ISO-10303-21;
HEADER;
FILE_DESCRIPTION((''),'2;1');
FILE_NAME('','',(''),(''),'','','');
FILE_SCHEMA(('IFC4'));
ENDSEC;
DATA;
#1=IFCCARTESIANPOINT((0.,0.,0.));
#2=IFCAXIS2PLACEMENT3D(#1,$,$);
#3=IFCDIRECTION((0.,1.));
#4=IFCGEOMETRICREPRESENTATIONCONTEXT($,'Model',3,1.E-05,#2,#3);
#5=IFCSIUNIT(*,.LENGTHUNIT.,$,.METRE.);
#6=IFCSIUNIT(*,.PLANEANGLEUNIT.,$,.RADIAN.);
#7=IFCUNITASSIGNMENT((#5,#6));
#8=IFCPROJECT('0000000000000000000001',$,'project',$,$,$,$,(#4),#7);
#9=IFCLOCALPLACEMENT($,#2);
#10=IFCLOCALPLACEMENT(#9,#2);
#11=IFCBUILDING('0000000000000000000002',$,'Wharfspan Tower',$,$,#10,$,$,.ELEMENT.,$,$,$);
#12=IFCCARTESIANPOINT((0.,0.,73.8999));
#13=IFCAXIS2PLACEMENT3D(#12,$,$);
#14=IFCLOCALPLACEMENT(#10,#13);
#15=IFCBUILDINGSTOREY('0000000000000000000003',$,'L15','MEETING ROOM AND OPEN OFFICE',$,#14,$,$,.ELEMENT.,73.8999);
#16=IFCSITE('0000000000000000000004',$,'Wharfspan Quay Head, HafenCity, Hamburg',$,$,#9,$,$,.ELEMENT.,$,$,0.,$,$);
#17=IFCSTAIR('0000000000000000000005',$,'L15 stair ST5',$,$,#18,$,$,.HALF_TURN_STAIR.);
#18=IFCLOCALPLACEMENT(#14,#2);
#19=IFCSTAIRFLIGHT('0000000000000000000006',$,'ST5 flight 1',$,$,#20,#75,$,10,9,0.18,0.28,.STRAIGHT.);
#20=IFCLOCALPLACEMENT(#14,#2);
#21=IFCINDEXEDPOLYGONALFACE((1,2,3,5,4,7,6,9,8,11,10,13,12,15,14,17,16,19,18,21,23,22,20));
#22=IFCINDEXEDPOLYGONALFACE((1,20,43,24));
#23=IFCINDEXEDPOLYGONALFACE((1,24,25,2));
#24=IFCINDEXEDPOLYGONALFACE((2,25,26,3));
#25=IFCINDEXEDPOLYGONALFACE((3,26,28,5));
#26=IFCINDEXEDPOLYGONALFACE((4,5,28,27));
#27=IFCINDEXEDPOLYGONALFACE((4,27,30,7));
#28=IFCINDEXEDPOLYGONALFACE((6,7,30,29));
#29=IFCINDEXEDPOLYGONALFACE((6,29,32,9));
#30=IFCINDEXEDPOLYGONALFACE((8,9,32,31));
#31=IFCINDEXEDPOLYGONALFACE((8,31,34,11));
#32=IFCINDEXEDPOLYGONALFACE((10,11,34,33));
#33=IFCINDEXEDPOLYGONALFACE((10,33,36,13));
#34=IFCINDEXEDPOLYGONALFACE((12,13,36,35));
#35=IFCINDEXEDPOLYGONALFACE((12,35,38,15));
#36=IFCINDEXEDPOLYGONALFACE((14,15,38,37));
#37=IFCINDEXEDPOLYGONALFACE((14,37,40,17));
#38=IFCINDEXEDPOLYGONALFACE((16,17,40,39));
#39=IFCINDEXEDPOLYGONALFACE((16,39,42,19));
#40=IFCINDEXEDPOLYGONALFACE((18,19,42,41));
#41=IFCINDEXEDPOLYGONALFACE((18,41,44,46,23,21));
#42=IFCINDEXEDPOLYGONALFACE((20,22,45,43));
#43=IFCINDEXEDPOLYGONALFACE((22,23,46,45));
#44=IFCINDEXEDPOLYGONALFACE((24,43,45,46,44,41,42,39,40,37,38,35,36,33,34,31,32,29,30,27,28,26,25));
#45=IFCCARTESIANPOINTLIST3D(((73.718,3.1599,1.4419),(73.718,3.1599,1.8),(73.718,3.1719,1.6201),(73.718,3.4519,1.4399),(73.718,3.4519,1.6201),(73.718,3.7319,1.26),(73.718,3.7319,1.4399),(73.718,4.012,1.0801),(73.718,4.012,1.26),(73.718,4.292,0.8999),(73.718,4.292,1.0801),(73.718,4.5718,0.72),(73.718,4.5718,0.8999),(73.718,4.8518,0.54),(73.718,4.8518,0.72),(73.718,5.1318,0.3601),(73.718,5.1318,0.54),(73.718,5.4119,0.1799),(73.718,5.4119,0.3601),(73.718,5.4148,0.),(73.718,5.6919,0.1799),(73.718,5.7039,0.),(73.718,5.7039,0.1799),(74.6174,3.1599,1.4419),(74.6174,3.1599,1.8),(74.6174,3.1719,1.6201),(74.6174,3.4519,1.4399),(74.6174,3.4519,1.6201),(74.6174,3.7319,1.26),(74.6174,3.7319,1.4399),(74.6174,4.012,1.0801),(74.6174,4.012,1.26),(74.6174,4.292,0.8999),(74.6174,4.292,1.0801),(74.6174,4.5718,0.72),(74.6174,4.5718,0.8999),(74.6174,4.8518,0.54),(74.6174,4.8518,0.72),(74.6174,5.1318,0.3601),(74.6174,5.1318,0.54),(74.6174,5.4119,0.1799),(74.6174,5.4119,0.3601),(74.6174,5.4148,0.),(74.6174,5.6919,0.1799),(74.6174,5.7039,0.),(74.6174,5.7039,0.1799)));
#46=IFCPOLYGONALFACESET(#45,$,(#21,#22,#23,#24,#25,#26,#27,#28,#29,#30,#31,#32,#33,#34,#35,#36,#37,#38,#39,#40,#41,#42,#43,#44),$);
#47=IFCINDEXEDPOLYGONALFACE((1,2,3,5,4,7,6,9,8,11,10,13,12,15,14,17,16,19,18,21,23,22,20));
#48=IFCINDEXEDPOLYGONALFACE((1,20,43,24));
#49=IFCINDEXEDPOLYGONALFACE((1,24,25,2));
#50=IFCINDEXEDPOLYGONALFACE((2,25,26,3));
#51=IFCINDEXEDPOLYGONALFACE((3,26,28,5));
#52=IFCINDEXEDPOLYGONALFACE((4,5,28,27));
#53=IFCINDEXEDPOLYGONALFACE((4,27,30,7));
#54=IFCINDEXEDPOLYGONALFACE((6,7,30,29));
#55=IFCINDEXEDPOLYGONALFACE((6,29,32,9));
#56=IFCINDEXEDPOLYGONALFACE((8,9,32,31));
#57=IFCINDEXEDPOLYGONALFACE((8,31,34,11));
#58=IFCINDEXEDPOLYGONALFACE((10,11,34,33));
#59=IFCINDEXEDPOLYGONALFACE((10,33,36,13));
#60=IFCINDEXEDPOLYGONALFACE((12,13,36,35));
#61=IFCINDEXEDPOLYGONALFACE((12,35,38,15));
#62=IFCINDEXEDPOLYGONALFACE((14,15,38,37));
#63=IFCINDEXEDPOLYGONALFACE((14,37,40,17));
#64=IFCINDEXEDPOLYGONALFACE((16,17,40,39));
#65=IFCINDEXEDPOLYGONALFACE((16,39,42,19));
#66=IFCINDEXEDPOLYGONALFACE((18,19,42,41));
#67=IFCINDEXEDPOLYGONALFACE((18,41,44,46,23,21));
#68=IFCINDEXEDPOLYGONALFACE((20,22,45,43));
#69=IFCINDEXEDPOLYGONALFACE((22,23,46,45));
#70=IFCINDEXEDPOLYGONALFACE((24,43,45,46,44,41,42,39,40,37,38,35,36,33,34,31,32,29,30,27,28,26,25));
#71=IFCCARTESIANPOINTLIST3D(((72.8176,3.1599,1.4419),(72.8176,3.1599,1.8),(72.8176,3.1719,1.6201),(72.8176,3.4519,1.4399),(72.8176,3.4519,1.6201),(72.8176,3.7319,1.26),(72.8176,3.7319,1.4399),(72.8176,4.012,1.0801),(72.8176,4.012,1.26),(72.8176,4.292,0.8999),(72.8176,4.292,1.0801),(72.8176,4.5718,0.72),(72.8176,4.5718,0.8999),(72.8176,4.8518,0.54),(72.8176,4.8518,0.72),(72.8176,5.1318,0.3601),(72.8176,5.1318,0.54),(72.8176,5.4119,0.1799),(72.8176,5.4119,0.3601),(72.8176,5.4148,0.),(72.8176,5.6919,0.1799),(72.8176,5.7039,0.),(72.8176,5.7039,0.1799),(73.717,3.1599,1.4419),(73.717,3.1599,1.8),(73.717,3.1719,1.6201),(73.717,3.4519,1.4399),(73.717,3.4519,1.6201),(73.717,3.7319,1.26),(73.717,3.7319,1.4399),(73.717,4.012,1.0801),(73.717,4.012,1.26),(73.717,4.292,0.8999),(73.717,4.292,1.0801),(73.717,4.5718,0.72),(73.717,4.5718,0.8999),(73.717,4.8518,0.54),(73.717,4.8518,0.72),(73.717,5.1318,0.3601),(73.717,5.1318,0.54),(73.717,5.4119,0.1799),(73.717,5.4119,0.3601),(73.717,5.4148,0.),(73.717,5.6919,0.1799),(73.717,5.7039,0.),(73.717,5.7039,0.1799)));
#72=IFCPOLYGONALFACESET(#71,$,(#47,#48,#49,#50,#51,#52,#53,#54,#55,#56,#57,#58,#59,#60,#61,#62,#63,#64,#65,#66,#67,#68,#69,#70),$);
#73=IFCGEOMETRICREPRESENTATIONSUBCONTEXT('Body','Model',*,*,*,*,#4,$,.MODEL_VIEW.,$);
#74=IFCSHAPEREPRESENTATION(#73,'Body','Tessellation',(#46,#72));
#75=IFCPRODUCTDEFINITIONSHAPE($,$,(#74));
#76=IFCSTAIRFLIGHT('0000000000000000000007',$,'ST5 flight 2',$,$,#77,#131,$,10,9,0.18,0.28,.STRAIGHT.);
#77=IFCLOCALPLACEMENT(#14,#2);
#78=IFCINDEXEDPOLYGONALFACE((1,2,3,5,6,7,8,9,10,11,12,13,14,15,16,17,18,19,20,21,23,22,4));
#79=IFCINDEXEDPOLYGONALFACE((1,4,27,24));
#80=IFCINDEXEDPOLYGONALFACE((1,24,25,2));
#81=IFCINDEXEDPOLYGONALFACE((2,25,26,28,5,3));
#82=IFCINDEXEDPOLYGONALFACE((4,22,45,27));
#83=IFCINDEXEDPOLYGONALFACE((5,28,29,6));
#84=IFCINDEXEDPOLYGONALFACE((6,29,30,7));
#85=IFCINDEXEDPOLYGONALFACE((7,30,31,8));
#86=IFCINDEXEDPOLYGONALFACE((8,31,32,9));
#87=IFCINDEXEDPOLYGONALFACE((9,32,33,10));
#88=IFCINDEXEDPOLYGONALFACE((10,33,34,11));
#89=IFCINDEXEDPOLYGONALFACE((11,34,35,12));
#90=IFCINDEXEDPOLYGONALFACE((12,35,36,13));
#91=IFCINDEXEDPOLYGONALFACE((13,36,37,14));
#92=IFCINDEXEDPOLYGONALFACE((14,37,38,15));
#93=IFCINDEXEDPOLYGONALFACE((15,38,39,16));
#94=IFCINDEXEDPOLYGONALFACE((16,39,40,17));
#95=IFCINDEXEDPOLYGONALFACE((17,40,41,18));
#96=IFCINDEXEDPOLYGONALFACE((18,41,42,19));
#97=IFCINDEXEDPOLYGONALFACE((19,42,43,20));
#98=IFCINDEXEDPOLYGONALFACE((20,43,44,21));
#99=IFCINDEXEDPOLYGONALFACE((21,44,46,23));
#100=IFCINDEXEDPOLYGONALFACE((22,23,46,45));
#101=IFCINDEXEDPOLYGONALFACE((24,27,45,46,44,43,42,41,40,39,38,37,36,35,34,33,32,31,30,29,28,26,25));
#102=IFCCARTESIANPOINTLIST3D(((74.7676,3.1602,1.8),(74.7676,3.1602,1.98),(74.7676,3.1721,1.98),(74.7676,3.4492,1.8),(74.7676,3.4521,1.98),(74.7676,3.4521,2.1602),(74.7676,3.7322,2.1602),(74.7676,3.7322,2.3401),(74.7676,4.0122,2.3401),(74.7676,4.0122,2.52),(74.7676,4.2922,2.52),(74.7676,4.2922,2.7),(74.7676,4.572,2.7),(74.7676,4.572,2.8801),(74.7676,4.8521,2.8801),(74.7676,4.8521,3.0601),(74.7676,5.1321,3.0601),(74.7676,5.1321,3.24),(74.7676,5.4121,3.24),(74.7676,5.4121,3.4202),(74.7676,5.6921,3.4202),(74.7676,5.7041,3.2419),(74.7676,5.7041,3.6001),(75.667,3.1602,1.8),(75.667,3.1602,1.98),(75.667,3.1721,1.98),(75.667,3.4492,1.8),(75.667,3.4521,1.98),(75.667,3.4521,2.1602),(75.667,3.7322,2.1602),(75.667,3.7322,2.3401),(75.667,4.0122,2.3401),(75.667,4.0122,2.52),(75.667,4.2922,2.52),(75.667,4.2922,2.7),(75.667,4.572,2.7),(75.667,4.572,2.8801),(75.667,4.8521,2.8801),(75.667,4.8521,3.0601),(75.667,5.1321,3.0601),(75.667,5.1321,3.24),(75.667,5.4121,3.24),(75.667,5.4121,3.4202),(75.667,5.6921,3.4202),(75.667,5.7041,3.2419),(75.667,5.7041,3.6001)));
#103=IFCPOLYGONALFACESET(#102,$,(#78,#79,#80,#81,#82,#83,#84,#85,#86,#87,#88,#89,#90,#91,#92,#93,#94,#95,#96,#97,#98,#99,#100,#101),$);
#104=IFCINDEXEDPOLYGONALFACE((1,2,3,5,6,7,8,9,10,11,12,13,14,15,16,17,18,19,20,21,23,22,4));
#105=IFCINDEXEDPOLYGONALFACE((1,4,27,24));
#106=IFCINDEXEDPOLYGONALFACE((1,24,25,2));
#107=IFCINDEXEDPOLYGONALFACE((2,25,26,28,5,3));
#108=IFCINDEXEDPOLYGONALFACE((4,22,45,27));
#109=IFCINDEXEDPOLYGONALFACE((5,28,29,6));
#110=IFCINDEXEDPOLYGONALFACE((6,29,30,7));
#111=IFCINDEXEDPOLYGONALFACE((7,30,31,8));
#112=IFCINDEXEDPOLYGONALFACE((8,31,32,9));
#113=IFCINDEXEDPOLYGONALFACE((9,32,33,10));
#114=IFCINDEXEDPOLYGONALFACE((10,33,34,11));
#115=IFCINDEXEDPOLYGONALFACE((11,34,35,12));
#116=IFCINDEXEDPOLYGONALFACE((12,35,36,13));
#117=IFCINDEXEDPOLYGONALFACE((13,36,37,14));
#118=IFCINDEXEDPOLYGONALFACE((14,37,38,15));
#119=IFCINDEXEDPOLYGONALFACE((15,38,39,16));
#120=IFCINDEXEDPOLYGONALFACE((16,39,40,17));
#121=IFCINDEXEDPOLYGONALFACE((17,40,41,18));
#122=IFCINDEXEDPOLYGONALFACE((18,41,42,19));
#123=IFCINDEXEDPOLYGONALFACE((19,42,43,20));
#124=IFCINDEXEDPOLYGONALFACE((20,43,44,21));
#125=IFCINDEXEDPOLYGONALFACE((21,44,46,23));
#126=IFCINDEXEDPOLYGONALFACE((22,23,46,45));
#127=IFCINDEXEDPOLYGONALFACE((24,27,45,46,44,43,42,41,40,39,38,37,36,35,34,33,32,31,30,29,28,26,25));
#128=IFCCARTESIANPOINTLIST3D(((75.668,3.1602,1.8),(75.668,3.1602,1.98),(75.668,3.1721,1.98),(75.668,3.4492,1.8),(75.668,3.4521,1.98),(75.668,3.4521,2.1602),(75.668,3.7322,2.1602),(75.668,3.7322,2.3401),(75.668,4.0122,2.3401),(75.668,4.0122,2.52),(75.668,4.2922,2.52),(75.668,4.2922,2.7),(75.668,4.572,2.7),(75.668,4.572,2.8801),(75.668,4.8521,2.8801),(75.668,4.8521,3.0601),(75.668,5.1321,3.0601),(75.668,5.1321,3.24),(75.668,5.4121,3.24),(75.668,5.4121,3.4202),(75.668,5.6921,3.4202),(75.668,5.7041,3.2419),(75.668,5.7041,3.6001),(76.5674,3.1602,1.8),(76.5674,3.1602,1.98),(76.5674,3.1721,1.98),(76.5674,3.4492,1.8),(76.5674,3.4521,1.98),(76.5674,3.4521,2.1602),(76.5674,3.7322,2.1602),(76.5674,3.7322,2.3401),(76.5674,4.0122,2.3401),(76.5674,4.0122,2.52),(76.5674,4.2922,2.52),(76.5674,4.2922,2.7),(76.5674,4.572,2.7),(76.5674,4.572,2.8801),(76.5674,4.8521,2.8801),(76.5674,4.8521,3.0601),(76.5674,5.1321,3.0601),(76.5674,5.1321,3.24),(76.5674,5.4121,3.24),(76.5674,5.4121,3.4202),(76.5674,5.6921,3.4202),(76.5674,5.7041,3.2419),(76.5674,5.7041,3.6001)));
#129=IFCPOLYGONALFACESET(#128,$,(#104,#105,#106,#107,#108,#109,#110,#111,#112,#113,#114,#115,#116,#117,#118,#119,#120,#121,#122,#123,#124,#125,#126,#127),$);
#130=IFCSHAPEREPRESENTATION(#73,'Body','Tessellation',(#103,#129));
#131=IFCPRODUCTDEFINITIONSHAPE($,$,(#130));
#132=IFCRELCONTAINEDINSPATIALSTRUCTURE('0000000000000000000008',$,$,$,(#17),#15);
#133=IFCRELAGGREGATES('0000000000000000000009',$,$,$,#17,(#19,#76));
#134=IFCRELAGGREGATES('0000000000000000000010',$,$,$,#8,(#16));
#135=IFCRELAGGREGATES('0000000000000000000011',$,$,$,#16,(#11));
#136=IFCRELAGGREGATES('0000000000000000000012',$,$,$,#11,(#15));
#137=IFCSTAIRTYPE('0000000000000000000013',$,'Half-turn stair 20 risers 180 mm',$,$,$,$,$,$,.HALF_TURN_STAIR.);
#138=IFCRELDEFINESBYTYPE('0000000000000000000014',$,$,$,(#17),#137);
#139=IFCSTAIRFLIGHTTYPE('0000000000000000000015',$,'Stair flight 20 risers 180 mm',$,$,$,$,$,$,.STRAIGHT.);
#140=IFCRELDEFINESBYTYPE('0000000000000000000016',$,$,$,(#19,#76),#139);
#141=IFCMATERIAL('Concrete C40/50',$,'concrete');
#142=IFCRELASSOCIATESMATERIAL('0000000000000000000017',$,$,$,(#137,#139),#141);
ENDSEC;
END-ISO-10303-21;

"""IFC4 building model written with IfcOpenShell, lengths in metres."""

from ifc_helpers import new_model, si_unit, direction, frame, origin, place, context, subcontext, project, spatial, polyline, outline, extrude, material, type_object, element, aggregate, save


model = new_model("IFC4")

# Units and contexts
model_context = context("Model", 3, precision=1e-05, world=origin(), true_north=direction((0.0, 1.0)))
body_context = subcontext(model_context, "Body", "Model", "MODEL_VIEW")
ifc_project = project(units=[si_unit("LENGTHUNIT", "METRE"), si_unit("PLANEANGLEUNIT", "RADIAN")], contexts=[model_context])

# Site, building, storey
site_placement = place(None, origin())
site = spatial("IfcSite", under=ifc_project, at=site_placement, Name="Wharfspan Quay Head, HafenCity, Hamburg", CompositionType="ELEMENT", RefElevation=0.0)
building_placement = place(site_placement, origin())
building = spatial("IfcBuilding", under=site, at=building_placement, Name="Wharfspan Tower", CompositionType="ELEMENT")
storey_placement = place(building_placement, frame((0.0, 0.0, 73.8999)))
storey = spatial("IfcBuildingStorey", under=building, at=storey_placement, Name="L15", Description="MEETING ROOM AND OPEN OFFICE", CompositionType="ELEMENT", Elevation=73.8999)

# Shared definitions
ifc_material_1 = material(Name="Concrete C40/50", Category="concrete")

# Stair, stair flights
stair_type = type_object("IfcStairType", Name="Half-turn stair 20 risers 180 mm", PredefinedType="HALF_TURN_STAIR", material=ifc_material_1)
stair_placement = place(storey_placement, origin())
stair = element("IfcStair", 1, at=stair_placement, inside=storey, type_object=stair_type, Name="L15 stair ST5", PredefinedType="HALF_TURN_STAIR")
stair_flight_type = type_object("IfcStairFlightType", Name="Stair flight 20 risers 180 mm", PredefinedType="STRAIGHT", material=ifc_material_1)
stair_flight_1_placement = place(storey_placement, frame((73.7175, 5.6919, 0.0), z_axis=(0.0, 0.0, 1.0), x_axis=(0.0, -1.0, 0.0)))
stair_flight_1 = element("IfcStairFlight", 2, at=stair_flight_1_placement, type_object=stair_flight_type, Name="ST5 flight 1", NumberOfRisers=10, NumberOfTreads=9, PredefinedType="STRAIGHT", RiserHeight=0.18, TreadLength=0.28, context=body_context, shape_type="SweptSolid", body=[
    extrude(outline(polyline([(-0.012, 0.0), (-0.012, 0.1799), (0.0, 0.1799), (0.28, 0.1799), (0.28, 0.3601), (0.5601, 0.3601), (0.5601, 0.54), (0.8401, 0.54), (0.8401, 0.72), (1.1201, 0.72), (1.1201, 0.8999), (1.3999, 0.8999), (1.3999, 1.0801), (1.6799, 1.0801), (1.6799, 1.26), (1.96, 1.26), (1.96, 1.4399), (2.24, 1.4399), (2.24, 1.6201), (2.52, 1.6201), (2.532, 1.8), (2.532, 1.4419), (0.2771, 0.0), (-0.012, 0.0)])), frame((0.0, 0.8999, 0.0), z_axis=(0.0, -1.0, 0.0), x_axis=(1.0, 0.0, 0.0)), (0.0, 0.0, 1.0), 0.8994),
    extrude(outline(polyline([(-0.012, 0.0), (-0.012, 0.1799), (0.0, 0.1799), (0.28, 0.1799), (0.28, 0.3601), (0.5601, 0.3601), (0.5601, 0.54), (0.8401, 0.54), (0.8401, 0.72), (1.1201, 0.72), (1.1201, 0.8999), (1.3999, 0.8999), (1.3999, 1.0801), (1.6799, 1.0801), (1.6799, 1.26), (1.96, 1.26), (1.96, 1.4399), (2.24, 1.4399), (2.24, 1.6201), (2.52, 1.6201), (2.532, 1.8), (2.532, 1.4419), (0.2771, 0.0), (-0.012, 0.0)])), frame((0.0, -0.0005, 0.0), z_axis=(0.0, -1.0, 0.0), x_axis=(1.0, 0.0, 0.0)), (0.0, 0.0, 1.0), 0.8994),
])
stair_flight_2_placement = place(storey_placement, frame((75.6675, 3.1721, 1.8), z_axis=(0.0, 0.0, 1.0), x_axis=(0.0, 1.0, 0.0)))
stair_flight_2 = element("IfcStairFlight", 3, at=stair_flight_2_placement, type_object=stair_flight_type, Name="ST5 flight 2", NumberOfRisers=10, NumberOfTreads=9, PredefinedType="STRAIGHT", RiserHeight=0.18, TreadLength=0.28, context=body_context, shape_type="SweptSolid", body=[
    extrude(outline(polyline([(-0.012, 0.0), (-0.012, 0.1799), (0.0, 0.1799), (0.28, 0.1799), (0.28, 0.3601), (0.5601, 0.3601), (0.5601, 0.54), (0.8401, 0.54), (0.8401, 0.72), (1.1201, 0.72), (1.1201, 0.8999), (1.3999, 0.8999), (1.3999, 1.0801), (1.6799, 1.0801), (1.6799, 1.26), (1.96, 1.26), (1.96, 1.4399), (2.24, 1.4399), (2.24, 1.6201), (2.52, 1.6201), (2.532, 1.8), (2.532, 1.4419), (0.2771, 0.0), (-0.012, 0.0)])), frame((0.0, 0.8999, 0.0), z_axis=(0.0, -1.0, 0.0), x_axis=(1.0, 0.0, 0.0)), (0.0, 0.0, 1.0), 0.8994),
    extrude(outline(polyline([(-0.012, 0.0), (-0.012, 0.1799), (0.0, 0.1799), (0.28, 0.1799), (0.28, 0.3601), (0.5601, 0.3601), (0.5601, 0.54), (0.8401, 0.54), (0.8401, 0.72), (1.1201, 0.72), (1.1201, 0.8999), (1.3999, 0.8999), (1.3999, 1.0801), (1.6799, 1.0801), (1.6799, 1.26), (1.96, 1.26), (1.96, 1.4399), (2.24, 1.4399), (2.24, 1.6201), (2.52, 1.6201), (2.532, 1.8), (2.532, 1.4419), (0.2771, 0.0), (-0.012, 0.0)])), frame((0.0, -0.0005, 0.0), z_axis=(0.0, -1.0, 0.0), x_axis=(1.0, 0.0, 0.0)), (0.0, 0.0, 1.0), 0.8994),
])
aggregate(stair, [stair_flight_1, stair_flight_2])

save(model, "model.ifc")
